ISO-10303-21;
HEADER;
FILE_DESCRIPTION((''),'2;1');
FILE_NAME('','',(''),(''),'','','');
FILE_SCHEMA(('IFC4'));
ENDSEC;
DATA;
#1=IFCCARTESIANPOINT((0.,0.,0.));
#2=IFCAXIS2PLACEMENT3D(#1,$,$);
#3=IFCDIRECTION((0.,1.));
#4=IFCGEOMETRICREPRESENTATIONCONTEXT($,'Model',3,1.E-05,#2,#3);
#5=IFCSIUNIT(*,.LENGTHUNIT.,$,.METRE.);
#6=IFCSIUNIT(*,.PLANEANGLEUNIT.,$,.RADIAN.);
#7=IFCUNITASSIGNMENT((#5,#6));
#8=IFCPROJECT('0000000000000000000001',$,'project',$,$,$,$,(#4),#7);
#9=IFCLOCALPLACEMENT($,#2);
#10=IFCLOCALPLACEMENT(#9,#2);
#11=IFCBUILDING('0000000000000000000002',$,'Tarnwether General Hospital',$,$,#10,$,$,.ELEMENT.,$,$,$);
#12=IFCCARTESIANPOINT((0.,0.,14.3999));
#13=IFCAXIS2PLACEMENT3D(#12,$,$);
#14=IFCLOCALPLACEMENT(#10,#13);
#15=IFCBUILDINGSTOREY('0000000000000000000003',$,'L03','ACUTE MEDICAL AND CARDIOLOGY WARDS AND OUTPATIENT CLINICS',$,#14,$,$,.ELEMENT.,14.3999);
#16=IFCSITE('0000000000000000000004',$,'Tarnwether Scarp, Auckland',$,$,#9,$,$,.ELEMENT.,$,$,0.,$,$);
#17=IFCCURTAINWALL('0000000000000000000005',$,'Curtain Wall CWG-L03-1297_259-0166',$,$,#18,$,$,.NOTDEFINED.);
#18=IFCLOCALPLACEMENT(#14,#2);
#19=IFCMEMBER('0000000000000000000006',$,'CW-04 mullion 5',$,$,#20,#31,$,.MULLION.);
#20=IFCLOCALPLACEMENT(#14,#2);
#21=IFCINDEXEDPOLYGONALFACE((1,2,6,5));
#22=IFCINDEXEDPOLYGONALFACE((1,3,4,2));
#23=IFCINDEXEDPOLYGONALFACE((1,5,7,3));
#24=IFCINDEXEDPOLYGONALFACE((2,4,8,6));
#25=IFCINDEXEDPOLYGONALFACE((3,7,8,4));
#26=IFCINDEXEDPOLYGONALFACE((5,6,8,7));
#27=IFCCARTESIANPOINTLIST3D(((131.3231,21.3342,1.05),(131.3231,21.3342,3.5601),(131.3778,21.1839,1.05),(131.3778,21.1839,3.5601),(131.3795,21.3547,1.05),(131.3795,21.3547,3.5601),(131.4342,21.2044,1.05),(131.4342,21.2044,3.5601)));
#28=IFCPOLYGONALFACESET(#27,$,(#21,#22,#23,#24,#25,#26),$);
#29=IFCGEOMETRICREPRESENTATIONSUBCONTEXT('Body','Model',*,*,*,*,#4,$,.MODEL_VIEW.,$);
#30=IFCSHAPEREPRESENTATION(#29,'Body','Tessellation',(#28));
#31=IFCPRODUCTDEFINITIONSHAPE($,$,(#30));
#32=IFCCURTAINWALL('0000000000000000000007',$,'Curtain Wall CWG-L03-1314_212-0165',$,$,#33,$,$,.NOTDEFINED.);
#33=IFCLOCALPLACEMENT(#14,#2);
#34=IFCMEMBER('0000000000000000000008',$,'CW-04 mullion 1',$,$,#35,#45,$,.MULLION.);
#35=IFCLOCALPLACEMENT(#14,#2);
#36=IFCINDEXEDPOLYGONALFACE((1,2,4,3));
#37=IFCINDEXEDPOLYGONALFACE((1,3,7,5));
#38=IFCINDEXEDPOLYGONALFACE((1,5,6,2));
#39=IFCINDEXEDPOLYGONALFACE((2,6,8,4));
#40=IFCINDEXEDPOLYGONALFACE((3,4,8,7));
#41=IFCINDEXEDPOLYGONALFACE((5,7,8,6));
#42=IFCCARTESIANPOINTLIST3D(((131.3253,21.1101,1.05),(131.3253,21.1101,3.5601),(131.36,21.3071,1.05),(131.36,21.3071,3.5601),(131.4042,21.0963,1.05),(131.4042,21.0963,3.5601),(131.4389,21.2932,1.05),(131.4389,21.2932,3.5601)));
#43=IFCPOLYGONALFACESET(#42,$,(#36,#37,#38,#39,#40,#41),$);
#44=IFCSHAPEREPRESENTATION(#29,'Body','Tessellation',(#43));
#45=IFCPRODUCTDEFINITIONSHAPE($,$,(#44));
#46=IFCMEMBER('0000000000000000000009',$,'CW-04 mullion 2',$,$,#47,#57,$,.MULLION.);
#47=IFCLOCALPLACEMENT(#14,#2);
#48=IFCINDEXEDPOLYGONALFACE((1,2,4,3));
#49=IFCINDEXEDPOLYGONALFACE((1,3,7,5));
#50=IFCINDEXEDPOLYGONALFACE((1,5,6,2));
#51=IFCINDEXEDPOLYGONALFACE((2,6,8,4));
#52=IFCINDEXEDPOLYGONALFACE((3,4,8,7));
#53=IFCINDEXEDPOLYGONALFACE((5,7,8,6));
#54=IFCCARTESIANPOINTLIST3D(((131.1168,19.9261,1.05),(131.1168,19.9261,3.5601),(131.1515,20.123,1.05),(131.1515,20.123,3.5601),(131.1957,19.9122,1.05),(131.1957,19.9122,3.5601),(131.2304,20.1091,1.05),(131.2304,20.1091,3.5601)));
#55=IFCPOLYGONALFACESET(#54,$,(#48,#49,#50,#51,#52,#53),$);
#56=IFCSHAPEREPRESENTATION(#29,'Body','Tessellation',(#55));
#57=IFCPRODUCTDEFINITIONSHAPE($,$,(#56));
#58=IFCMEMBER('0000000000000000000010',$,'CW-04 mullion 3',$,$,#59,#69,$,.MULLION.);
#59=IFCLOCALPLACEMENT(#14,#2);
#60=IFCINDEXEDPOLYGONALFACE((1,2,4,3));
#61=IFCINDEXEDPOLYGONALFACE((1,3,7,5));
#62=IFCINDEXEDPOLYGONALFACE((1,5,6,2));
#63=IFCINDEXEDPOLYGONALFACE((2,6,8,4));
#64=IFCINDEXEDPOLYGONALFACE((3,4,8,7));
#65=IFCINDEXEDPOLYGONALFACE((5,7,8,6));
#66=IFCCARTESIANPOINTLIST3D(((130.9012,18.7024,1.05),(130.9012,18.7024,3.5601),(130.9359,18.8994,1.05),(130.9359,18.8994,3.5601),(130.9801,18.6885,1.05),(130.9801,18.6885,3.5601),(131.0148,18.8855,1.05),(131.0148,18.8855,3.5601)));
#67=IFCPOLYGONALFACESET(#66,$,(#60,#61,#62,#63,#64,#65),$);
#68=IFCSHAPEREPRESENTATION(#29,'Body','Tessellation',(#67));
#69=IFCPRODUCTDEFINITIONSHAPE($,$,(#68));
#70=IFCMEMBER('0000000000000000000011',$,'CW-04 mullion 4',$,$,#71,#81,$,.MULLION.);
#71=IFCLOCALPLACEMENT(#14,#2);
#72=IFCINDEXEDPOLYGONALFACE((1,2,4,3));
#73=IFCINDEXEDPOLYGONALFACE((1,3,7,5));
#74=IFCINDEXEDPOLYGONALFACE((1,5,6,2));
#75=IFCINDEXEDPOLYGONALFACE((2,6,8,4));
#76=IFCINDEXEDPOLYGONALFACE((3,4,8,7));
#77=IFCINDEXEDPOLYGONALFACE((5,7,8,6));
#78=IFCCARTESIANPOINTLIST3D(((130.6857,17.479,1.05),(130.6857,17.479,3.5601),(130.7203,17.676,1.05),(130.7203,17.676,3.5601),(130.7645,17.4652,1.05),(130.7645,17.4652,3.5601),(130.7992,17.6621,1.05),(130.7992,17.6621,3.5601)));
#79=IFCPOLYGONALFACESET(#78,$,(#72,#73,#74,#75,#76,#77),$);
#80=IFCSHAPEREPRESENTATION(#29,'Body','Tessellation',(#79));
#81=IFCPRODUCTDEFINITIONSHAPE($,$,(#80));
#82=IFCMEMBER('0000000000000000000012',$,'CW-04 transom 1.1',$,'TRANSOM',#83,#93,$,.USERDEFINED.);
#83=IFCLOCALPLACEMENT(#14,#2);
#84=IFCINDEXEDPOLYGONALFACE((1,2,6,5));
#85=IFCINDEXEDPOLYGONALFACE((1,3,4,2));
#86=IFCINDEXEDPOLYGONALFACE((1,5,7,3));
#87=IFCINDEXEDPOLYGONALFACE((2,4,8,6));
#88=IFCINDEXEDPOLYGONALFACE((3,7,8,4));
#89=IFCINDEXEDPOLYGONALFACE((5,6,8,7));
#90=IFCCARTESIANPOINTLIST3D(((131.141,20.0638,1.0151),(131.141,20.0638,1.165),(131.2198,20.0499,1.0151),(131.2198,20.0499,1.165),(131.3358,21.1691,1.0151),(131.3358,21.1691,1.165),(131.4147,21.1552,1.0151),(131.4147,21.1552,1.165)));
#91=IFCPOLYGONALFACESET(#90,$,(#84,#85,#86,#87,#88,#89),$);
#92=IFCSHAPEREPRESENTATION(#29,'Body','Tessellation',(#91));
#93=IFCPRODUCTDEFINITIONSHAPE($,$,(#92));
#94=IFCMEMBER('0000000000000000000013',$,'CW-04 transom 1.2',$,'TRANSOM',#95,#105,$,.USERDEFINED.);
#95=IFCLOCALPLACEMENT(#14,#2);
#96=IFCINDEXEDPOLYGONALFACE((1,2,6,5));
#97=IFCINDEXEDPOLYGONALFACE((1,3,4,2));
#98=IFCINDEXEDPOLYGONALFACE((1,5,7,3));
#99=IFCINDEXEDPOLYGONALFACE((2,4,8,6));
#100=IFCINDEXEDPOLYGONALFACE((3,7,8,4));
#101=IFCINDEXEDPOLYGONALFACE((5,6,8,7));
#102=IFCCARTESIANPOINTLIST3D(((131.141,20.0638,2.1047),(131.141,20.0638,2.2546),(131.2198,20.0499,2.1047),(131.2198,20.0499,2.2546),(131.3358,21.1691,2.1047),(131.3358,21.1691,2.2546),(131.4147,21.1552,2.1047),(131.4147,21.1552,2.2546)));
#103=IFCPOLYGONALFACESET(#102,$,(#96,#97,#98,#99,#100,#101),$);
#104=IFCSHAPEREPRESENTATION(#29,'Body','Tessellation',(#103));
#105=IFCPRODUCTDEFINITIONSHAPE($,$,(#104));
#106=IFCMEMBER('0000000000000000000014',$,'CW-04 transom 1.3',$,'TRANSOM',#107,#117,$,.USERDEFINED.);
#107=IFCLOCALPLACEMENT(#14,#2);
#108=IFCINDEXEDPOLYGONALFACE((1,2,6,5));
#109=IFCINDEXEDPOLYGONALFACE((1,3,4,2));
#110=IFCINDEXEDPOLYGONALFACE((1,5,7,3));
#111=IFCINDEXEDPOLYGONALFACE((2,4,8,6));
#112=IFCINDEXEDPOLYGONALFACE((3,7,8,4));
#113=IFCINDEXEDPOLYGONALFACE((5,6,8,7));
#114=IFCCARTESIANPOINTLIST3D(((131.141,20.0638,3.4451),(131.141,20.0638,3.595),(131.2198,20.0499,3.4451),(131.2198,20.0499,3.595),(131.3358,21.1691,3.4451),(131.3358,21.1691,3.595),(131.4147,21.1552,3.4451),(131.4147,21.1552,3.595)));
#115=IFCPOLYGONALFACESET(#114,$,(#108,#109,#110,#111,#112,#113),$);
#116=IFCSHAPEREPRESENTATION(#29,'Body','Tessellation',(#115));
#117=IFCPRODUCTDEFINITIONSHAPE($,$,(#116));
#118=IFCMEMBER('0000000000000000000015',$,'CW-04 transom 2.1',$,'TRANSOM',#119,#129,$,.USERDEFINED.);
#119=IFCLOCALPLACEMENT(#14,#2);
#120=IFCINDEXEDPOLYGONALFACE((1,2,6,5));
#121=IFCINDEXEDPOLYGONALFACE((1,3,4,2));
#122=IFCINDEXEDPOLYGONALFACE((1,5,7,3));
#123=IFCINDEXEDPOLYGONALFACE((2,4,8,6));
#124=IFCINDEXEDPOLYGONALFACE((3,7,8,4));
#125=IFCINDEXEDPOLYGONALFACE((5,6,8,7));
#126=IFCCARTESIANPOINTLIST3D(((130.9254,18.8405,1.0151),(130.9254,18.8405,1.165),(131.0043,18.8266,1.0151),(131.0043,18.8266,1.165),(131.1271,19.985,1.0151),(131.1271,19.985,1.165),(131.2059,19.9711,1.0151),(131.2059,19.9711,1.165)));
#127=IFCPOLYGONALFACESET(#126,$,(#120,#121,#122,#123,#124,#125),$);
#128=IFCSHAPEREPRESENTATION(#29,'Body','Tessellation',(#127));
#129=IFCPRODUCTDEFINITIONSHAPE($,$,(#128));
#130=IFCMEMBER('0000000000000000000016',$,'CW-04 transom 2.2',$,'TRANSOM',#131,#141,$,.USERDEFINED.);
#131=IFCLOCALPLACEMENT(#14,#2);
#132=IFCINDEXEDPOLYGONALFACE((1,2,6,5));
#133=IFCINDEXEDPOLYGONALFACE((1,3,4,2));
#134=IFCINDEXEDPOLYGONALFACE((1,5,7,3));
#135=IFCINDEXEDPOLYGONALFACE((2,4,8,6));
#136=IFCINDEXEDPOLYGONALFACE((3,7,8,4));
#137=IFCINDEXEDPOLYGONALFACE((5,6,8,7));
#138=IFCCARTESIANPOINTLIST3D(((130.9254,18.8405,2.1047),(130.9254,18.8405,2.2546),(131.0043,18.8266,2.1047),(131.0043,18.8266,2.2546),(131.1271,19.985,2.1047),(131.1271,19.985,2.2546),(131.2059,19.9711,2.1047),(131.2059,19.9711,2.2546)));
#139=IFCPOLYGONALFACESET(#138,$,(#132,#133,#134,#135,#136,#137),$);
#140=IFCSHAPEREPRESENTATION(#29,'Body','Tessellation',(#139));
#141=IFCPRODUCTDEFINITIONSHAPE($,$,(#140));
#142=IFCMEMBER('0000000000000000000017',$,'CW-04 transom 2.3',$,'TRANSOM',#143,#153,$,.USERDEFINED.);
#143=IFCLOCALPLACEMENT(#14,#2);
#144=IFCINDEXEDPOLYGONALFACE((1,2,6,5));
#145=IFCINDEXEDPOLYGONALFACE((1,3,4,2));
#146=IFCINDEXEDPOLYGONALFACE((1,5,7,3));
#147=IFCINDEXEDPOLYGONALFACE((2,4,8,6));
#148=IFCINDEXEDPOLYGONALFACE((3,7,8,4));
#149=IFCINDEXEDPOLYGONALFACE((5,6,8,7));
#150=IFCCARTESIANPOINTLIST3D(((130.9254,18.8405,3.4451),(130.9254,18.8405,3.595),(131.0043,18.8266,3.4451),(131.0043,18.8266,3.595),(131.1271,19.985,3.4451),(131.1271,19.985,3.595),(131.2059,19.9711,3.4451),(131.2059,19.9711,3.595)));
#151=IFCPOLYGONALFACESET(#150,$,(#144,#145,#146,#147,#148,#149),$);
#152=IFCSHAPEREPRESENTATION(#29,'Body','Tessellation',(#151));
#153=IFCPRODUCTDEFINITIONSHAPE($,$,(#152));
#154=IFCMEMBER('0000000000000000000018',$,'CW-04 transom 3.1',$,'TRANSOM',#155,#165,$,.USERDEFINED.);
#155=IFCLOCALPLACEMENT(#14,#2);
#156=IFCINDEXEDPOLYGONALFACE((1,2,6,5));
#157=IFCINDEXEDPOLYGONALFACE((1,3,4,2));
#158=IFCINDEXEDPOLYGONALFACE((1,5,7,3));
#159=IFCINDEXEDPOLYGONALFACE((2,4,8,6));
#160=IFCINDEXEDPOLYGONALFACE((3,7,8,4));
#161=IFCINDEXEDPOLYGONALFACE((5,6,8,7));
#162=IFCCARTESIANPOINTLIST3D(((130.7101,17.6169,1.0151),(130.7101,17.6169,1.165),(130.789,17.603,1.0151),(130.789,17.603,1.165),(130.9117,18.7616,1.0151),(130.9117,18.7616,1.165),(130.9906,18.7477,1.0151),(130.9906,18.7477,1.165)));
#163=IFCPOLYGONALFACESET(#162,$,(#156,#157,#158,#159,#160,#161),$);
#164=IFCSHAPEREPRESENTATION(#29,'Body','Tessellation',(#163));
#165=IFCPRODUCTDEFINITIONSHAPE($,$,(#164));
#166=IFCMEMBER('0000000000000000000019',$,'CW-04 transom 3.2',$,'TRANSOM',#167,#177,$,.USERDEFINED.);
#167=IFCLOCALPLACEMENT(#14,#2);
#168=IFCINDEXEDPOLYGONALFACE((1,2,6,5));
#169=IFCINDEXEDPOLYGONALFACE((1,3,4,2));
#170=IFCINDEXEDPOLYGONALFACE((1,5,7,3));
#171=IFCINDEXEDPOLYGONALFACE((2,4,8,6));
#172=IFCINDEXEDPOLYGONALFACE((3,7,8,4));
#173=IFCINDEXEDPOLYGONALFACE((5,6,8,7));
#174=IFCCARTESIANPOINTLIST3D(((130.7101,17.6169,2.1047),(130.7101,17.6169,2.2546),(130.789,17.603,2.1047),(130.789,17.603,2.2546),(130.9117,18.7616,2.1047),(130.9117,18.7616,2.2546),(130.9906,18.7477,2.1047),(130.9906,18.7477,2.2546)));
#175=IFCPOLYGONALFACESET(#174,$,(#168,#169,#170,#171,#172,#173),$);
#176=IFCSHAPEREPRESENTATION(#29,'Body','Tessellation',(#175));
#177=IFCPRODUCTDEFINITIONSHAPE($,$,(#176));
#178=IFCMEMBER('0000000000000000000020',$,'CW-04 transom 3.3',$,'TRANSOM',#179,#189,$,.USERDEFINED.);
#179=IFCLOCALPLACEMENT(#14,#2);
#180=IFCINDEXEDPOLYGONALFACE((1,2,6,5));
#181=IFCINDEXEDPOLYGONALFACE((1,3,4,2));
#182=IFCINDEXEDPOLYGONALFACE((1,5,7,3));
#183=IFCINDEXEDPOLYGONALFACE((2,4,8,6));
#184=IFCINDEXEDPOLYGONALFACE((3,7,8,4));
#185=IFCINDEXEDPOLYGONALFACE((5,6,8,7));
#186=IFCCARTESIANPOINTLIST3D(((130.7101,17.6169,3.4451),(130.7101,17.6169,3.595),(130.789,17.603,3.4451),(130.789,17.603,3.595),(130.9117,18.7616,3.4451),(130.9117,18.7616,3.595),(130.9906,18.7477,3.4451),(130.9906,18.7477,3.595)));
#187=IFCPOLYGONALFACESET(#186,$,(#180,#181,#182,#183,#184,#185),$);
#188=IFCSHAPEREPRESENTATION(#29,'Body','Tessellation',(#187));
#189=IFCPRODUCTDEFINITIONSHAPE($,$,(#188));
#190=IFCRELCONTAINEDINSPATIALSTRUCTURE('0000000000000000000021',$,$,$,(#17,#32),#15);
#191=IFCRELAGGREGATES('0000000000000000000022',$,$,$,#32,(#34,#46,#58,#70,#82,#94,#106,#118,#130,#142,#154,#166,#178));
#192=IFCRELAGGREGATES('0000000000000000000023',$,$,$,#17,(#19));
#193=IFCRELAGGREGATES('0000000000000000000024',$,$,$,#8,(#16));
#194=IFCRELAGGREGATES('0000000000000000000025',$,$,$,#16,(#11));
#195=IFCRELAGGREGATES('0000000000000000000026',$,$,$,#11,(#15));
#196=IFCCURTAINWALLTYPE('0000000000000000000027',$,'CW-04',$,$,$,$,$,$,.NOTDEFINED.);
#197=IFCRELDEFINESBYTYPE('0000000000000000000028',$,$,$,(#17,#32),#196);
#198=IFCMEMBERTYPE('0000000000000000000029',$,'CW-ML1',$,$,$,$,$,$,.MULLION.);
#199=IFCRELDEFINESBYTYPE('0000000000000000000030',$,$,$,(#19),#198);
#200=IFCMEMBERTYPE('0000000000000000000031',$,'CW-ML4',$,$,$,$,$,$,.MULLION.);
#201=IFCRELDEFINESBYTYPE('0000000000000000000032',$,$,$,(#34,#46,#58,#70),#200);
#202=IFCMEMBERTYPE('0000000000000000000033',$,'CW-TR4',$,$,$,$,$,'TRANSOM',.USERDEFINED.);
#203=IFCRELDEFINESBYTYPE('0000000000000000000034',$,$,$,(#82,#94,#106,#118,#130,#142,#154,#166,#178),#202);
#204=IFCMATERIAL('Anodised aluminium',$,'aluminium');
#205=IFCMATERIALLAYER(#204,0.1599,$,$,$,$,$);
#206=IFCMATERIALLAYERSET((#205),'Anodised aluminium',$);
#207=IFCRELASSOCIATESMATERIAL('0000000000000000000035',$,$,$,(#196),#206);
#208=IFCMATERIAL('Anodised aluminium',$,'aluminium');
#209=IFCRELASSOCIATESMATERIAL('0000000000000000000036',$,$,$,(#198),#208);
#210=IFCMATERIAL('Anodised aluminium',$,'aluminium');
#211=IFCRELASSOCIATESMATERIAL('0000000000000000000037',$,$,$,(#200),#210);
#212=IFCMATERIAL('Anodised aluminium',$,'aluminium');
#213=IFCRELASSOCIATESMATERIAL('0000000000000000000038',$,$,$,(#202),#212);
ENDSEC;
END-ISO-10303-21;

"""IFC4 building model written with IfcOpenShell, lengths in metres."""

from ifc_helpers import new_model, si_unit, direction, frame, origin, origin_2d, place, context, subcontext, project, spatial, rectangle, extrude, material, layer, layer_set, material_profile, profile_set, type_object, element, aggregate, save


model = new_model("IFC4")

# Units and contexts
model_context = context("Model", 3, precision=1e-05, world=origin(), true_north=direction((0.0, 1.0)))
body_context = subcontext(model_context, "Body", "Model", "MODEL_VIEW")
ifc_project = project(units=[si_unit("LENGTHUNIT", "METRE"), si_unit("PLANEANGLEUNIT", "RADIAN")], contexts=[model_context])

# Site, building, storey
site_placement = place(None, origin())
site = spatial("IfcSite", under=ifc_project, at=site_placement, Name="Tarnwether Scarp, Auckland", CompositionType="ELEMENT", RefElevation=0.0)
building_placement = place(site_placement, origin())
building = spatial("IfcBuilding", under=site, at=building_placement, Name="Tarnwether General Hospital", CompositionType="ELEMENT")
storey_placement = place(building_placement, frame((0.0, 0.0, 14.3999)))
storey = spatial("IfcBuildingStorey", under=building, at=storey_placement, Name="L03", Description="ACUTE MEDICAL AND CARDIOLOGY WARDS AND OUTPATIENT CLINICS", CompositionType="ELEMENT", Elevation=14.3999)

# Curtain wall, member
ifc_material_1 = material(Name="Anodised aluminium", Category="aluminium")
ifc_layer_1 = layer(ifc_material_1, 0.1599)
ifc_layer_set_1 = layer_set([ifc_layer_1], Name="Anodised aluminium")
curtain_wall_type = type_object("IfcCurtainWallType", Name="CW-04", PredefinedType="NOTDEFINED", material=ifc_layer_set_1)
curtain_wall_1_placement = place(storey_placement, origin())
curtain_wall_1 = element("IfcCurtainWall", 1, at=curtain_wall_1_placement, inside=storey, type_object=curtain_wall_type, Name="Curtain Wall CWG-L03-1297_259-0166", PredefinedType="NOTDEFINED")
ifc_material_2 = material(Name="Anodised aluminium", Category="aluminium")
ifc_material_profile_1 = material_profile(ifc_material_2, rectangle(XDim=0.0601, YDim=0.1599, at=origin_2d()), Name="ALU-MUL-60x160")
ifc_profile_set_1 = profile_set([ifc_material_profile_1], Name="Anodised aluminium")
member_type_1 = type_object("IfcMemberType", Name="CW-ML1", PredefinedType="MULLION", material=ifc_profile_set_1)
member_1_placement = place(storey_placement, frame((131.3787, 21.2693, 1.05), z_axis=(0.0, 0.0, 1.0), x_axis=(0.939717, 0.341953, 0.0)))
member_1 = element("IfcMember", 2, at=member_1_placement, type_object=member_type_1, Name="CW-04 mullion 5", PredefinedType="MULLION", context=body_context, shape_type="SweptSolid", body=[
    extrude(rectangle(XDim=0.0601, YDim=0.1599, at=origin_2d()), origin(), (0.0, 0.0, 1.0), 2.51),
])

# Curtain wall, members
curtain_wall_2_placement = place(storey_placement, origin())
curtain_wall_2 = element("IfcCurtainWall", 3, at=curtain_wall_2_placement, inside=storey, type_object=curtain_wall_type, Name="Curtain Wall CWG-L03-1314_212-0165", PredefinedType="NOTDEFINED")
ifc_material_3 = material(Name="Anodised aluminium", Category="aluminium")
ifc_material_profile_2 = material_profile(ifc_material_3, rectangle(XDim=0.0801, YDim=0.2, at=origin_2d()), Name="ALU-MUL-80x200")
ifc_profile_set_2 = profile_set([ifc_material_profile_2], Name="Anodised aluminium")
member_type_2 = type_object("IfcMemberType", Name="CW-ML4", PredefinedType="MULLION", material=ifc_profile_set_2)
member_2_placement = place(storey_placement, frame((131.3821, 21.2017, 1.05), z_axis=(0.0, 0.0, 1.0), x_axis=(0.98484, -0.173464, 0.0)))
member_2 = element("IfcMember", 4, at=member_2_placement, type_object=member_type_2, Name="CW-04 mullion 1", PredefinedType="MULLION", context=body_context, shape_type="SweptSolid", body=[
    extrude(rectangle(XDim=0.0801, YDim=0.2, at=origin_2d()), origin(), (0.0, 0.0, 1.0), 2.51),
])
member_3_placement = place(storey_placement, frame((131.1736, 20.0176, 1.05), z_axis=(0.0, 0.0, 1.0), x_axis=(0.98484, -0.173464, 0.0)))
member_3 = element("IfcMember", 5, at=member_3_placement, type_object=member_type_2, Name="CW-04 mullion 2", PredefinedType="MULLION", context=body_context, shape_type="SweptSolid", body=[
    extrude(rectangle(XDim=0.0801, YDim=0.2, at=origin_2d()), origin(), (0.0, 0.0, 1.0), 2.51),
])
member_4_placement = place(storey_placement, frame((130.958, 18.7939, 1.05), z_axis=(0.0, 0.0, 1.0), x_axis=(0.98484, -0.173464, 0.0)))
member_4 = element("IfcMember", 6, at=member_4_placement, type_object=member_type_2, Name="CW-04 mullion 3", PredefinedType="MULLION", context=body_context, shape_type="SweptSolid", body=[
    extrude(rectangle(XDim=0.0801, YDim=0.2, at=origin_2d()), origin(), (0.0, 0.0, 1.0), 2.51),
])
member_5_placement = place(storey_placement, frame((130.7424, 17.5706, 1.05), z_axis=(0.0, 0.0, 1.0), x_axis=(0.98484, -0.173464, 0.0)))
member_5 = element("IfcMember", 7, at=member_5_placement, type_object=member_type_2, Name="CW-04 mullion 4", PredefinedType="MULLION", context=body_context, shape_type="SweptSolid", body=[
    extrude(rectangle(XDim=0.0801, YDim=0.2, at=origin_2d()), origin(), (0.0, 0.0, 1.0), 2.51),
])
ifc_material_4 = material(Name="Anodised aluminium", Category="aluminium")
ifc_material_profile_3 = material_profile(ifc_material_4, rectangle(XDim=0.0801, YDim=0.1499, at=origin_2d()), Name="ALU-TRN-80x150")
ifc_profile_set_3 = profile_set([ifc_material_profile_3], Name="Anodised aluminium")
member_type_3 = type_object("IfcMemberType", Name="CW-TR4", ElementType="TRANSOM", PredefinedType="USERDEFINED", material=ifc_profile_set_3)
member_6_placement = place(storey_placement, frame((131.3752, 21.1621, 1.0901), z_axis=(-0.173599, -0.984816, 0.0), x_axis=(0.984816, -0.173599, 0.0)))
member_6 = element("IfcMember", 8, at=member_6_placement, type_object=member_type_3, Name="CW-04 transom 1.1", ObjectType="TRANSOM", PredefinedType="USERDEFINED", context=body_context, shape_type="SweptSolid", body=[
    extrude(rectangle(XDim=0.0801, YDim=0.1499, at=origin_2d()), origin(), (0.0, 0.0, 1.0), 1.1223),
])
member_7_placement = place(storey_placement, frame((131.3752, 21.1621, 2.1797), z_axis=(-0.173599, -0.984816, 0.0), x_axis=(0.984816, -0.173599, 0.0)))
member_7 = element("IfcMember", 9, at=member_7_placement, type_object=member_type_3, Name="CW-04 transom 1.2", ObjectType="TRANSOM", PredefinedType="USERDEFINED", context=body_context, shape_type="SweptSolid", body=[
    extrude(rectangle(XDim=0.0801, YDim=0.1499, at=origin_2d()), origin(), (0.0, 0.0, 1.0), 1.1223),
])
member_8_placement = place(storey_placement, frame((131.3752, 21.1621, 3.52), z_axis=(-0.173599, -0.984816, 0.0), x_axis=(0.984816, -0.173599, 0.0)))
member_8 = element("IfcMember", 10, at=member_8_placement, type_object=member_type_3, Name="CW-04 transom 1.3", ObjectType="TRANSOM", PredefinedType="USERDEFINED", context=body_context, shape_type="SweptSolid", body=[
    extrude(rectangle(XDim=0.0801, YDim=0.1499, at=origin_2d()), origin(), (0.0, 0.0, 1.0), 1.1223),
])
member_9_placement = place(storey_placement, frame((131.1665, 19.978, 1.0901), z_axis=(-0.173522, -0.98483, 0.0), x_axis=(0.98483, -0.173522, 0.0)))
member_9 = element("IfcMember", 11, at=member_9_placement, type_object=member_type_3, Name="CW-04 transom 2.1", ObjectType="TRANSOM", PredefinedType="USERDEFINED", context=body_context, shape_type="SweptSolid", body=[
    extrude(rectangle(XDim=0.0801, YDim=0.1499, at=origin_2d()), origin(), (0.0, 0.0, 1.0), 1.1621),
])
member_10_placement = place(storey_placement, frame((131.1665, 19.978, 2.1797), z_axis=(-0.173522, -0.98483, 0.0), x_axis=(0.98483, -0.173522, 0.0)))
member_10 = element("IfcMember", 12, at=member_10_placement, type_object=member_type_3, Name="CW-04 transom 2.2", ObjectType="TRANSOM", PredefinedType="USERDEFINED", context=body_context, shape_type="SweptSolid", body=[
    extrude(rectangle(XDim=0.0801, YDim=0.1499, at=origin_2d()), origin(), (0.0, 0.0, 1.0), 1.1621),
])
member_11_placement = place(storey_placement, frame((131.1665, 19.978, 3.52), z_axis=(-0.173522, -0.98483, 0.0), x_axis=(0.98483, -0.173522, 0.0)))
member_11 = element("IfcMember", 13, at=member_11_placement, type_object=member_type_3, Name="CW-04 transom 2.3", ObjectType="TRANSOM", PredefinedType="USERDEFINED", context=body_context, shape_type="SweptSolid", body=[
    extrude(rectangle(XDim=0.0801, YDim=0.1499, at=origin_2d()), origin(), (0.0, 0.0, 1.0), 1.1621),
])
member_12_placement = place(storey_placement, frame((130.9512, 18.7546, 1.0901), z_axis=(-0.173486, -0.984836, 0.0), x_axis=(0.984836, -0.173486, 0.0)))
member_12 = element("IfcMember", 14, at=member_12_placement, type_object=member_type_3, Name="CW-04 transom 3.1", ObjectType="TRANSOM", PredefinedType="USERDEFINED", context=body_context, shape_type="SweptSolid", body=[
    extrude(rectangle(XDim=0.0801, YDim=0.1499, at=origin_2d()), origin(), (0.0, 0.0, 1.0), 1.1624),
])
member_13_placement = place(storey_placement, frame((130.9512, 18.7546, 2.1797), z_axis=(-0.173486, -0.984836, 0.0), x_axis=(0.984836, -0.173486, 0.0)))
member_13 = element("IfcMember", 15, at=member_13_placement, type_object=member_type_3, Name="CW-04 transom 3.2", ObjectType="TRANSOM", PredefinedType="USERDEFINED", context=body_context, shape_type="SweptSolid", body=[
    extrude(rectangle(XDim=0.0801, YDim=0.1499, at=origin_2d()), origin(), (0.0, 0.0, 1.0), 1.1624),
])
member_14_placement = place(storey_placement, frame((130.9512, 18.7546, 3.52), z_axis=(-0.173486, -0.984836, 0.0), x_axis=(0.984836, -0.173486, 0.0)))
member_14 = element("IfcMember", 16, at=member_14_placement, type_object=member_type_3, Name="CW-04 transom 3.3", ObjectType="TRANSOM", PredefinedType="USERDEFINED", context=body_context, shape_type="SweptSolid", body=[
    extrude(rectangle(XDim=0.0801, YDim=0.1499, at=origin_2d()), origin(), (0.0, 0.0, 1.0), 1.1624),
])
aggregate(curtain_wall_2, [member_2, member_3, member_4, member_5, member_6, member_7, member_8, member_9, member_10, member_11, member_12, member_13, member_14])

aggregate(curtain_wall_1, [member_1])

save(model, "model.ifc")
